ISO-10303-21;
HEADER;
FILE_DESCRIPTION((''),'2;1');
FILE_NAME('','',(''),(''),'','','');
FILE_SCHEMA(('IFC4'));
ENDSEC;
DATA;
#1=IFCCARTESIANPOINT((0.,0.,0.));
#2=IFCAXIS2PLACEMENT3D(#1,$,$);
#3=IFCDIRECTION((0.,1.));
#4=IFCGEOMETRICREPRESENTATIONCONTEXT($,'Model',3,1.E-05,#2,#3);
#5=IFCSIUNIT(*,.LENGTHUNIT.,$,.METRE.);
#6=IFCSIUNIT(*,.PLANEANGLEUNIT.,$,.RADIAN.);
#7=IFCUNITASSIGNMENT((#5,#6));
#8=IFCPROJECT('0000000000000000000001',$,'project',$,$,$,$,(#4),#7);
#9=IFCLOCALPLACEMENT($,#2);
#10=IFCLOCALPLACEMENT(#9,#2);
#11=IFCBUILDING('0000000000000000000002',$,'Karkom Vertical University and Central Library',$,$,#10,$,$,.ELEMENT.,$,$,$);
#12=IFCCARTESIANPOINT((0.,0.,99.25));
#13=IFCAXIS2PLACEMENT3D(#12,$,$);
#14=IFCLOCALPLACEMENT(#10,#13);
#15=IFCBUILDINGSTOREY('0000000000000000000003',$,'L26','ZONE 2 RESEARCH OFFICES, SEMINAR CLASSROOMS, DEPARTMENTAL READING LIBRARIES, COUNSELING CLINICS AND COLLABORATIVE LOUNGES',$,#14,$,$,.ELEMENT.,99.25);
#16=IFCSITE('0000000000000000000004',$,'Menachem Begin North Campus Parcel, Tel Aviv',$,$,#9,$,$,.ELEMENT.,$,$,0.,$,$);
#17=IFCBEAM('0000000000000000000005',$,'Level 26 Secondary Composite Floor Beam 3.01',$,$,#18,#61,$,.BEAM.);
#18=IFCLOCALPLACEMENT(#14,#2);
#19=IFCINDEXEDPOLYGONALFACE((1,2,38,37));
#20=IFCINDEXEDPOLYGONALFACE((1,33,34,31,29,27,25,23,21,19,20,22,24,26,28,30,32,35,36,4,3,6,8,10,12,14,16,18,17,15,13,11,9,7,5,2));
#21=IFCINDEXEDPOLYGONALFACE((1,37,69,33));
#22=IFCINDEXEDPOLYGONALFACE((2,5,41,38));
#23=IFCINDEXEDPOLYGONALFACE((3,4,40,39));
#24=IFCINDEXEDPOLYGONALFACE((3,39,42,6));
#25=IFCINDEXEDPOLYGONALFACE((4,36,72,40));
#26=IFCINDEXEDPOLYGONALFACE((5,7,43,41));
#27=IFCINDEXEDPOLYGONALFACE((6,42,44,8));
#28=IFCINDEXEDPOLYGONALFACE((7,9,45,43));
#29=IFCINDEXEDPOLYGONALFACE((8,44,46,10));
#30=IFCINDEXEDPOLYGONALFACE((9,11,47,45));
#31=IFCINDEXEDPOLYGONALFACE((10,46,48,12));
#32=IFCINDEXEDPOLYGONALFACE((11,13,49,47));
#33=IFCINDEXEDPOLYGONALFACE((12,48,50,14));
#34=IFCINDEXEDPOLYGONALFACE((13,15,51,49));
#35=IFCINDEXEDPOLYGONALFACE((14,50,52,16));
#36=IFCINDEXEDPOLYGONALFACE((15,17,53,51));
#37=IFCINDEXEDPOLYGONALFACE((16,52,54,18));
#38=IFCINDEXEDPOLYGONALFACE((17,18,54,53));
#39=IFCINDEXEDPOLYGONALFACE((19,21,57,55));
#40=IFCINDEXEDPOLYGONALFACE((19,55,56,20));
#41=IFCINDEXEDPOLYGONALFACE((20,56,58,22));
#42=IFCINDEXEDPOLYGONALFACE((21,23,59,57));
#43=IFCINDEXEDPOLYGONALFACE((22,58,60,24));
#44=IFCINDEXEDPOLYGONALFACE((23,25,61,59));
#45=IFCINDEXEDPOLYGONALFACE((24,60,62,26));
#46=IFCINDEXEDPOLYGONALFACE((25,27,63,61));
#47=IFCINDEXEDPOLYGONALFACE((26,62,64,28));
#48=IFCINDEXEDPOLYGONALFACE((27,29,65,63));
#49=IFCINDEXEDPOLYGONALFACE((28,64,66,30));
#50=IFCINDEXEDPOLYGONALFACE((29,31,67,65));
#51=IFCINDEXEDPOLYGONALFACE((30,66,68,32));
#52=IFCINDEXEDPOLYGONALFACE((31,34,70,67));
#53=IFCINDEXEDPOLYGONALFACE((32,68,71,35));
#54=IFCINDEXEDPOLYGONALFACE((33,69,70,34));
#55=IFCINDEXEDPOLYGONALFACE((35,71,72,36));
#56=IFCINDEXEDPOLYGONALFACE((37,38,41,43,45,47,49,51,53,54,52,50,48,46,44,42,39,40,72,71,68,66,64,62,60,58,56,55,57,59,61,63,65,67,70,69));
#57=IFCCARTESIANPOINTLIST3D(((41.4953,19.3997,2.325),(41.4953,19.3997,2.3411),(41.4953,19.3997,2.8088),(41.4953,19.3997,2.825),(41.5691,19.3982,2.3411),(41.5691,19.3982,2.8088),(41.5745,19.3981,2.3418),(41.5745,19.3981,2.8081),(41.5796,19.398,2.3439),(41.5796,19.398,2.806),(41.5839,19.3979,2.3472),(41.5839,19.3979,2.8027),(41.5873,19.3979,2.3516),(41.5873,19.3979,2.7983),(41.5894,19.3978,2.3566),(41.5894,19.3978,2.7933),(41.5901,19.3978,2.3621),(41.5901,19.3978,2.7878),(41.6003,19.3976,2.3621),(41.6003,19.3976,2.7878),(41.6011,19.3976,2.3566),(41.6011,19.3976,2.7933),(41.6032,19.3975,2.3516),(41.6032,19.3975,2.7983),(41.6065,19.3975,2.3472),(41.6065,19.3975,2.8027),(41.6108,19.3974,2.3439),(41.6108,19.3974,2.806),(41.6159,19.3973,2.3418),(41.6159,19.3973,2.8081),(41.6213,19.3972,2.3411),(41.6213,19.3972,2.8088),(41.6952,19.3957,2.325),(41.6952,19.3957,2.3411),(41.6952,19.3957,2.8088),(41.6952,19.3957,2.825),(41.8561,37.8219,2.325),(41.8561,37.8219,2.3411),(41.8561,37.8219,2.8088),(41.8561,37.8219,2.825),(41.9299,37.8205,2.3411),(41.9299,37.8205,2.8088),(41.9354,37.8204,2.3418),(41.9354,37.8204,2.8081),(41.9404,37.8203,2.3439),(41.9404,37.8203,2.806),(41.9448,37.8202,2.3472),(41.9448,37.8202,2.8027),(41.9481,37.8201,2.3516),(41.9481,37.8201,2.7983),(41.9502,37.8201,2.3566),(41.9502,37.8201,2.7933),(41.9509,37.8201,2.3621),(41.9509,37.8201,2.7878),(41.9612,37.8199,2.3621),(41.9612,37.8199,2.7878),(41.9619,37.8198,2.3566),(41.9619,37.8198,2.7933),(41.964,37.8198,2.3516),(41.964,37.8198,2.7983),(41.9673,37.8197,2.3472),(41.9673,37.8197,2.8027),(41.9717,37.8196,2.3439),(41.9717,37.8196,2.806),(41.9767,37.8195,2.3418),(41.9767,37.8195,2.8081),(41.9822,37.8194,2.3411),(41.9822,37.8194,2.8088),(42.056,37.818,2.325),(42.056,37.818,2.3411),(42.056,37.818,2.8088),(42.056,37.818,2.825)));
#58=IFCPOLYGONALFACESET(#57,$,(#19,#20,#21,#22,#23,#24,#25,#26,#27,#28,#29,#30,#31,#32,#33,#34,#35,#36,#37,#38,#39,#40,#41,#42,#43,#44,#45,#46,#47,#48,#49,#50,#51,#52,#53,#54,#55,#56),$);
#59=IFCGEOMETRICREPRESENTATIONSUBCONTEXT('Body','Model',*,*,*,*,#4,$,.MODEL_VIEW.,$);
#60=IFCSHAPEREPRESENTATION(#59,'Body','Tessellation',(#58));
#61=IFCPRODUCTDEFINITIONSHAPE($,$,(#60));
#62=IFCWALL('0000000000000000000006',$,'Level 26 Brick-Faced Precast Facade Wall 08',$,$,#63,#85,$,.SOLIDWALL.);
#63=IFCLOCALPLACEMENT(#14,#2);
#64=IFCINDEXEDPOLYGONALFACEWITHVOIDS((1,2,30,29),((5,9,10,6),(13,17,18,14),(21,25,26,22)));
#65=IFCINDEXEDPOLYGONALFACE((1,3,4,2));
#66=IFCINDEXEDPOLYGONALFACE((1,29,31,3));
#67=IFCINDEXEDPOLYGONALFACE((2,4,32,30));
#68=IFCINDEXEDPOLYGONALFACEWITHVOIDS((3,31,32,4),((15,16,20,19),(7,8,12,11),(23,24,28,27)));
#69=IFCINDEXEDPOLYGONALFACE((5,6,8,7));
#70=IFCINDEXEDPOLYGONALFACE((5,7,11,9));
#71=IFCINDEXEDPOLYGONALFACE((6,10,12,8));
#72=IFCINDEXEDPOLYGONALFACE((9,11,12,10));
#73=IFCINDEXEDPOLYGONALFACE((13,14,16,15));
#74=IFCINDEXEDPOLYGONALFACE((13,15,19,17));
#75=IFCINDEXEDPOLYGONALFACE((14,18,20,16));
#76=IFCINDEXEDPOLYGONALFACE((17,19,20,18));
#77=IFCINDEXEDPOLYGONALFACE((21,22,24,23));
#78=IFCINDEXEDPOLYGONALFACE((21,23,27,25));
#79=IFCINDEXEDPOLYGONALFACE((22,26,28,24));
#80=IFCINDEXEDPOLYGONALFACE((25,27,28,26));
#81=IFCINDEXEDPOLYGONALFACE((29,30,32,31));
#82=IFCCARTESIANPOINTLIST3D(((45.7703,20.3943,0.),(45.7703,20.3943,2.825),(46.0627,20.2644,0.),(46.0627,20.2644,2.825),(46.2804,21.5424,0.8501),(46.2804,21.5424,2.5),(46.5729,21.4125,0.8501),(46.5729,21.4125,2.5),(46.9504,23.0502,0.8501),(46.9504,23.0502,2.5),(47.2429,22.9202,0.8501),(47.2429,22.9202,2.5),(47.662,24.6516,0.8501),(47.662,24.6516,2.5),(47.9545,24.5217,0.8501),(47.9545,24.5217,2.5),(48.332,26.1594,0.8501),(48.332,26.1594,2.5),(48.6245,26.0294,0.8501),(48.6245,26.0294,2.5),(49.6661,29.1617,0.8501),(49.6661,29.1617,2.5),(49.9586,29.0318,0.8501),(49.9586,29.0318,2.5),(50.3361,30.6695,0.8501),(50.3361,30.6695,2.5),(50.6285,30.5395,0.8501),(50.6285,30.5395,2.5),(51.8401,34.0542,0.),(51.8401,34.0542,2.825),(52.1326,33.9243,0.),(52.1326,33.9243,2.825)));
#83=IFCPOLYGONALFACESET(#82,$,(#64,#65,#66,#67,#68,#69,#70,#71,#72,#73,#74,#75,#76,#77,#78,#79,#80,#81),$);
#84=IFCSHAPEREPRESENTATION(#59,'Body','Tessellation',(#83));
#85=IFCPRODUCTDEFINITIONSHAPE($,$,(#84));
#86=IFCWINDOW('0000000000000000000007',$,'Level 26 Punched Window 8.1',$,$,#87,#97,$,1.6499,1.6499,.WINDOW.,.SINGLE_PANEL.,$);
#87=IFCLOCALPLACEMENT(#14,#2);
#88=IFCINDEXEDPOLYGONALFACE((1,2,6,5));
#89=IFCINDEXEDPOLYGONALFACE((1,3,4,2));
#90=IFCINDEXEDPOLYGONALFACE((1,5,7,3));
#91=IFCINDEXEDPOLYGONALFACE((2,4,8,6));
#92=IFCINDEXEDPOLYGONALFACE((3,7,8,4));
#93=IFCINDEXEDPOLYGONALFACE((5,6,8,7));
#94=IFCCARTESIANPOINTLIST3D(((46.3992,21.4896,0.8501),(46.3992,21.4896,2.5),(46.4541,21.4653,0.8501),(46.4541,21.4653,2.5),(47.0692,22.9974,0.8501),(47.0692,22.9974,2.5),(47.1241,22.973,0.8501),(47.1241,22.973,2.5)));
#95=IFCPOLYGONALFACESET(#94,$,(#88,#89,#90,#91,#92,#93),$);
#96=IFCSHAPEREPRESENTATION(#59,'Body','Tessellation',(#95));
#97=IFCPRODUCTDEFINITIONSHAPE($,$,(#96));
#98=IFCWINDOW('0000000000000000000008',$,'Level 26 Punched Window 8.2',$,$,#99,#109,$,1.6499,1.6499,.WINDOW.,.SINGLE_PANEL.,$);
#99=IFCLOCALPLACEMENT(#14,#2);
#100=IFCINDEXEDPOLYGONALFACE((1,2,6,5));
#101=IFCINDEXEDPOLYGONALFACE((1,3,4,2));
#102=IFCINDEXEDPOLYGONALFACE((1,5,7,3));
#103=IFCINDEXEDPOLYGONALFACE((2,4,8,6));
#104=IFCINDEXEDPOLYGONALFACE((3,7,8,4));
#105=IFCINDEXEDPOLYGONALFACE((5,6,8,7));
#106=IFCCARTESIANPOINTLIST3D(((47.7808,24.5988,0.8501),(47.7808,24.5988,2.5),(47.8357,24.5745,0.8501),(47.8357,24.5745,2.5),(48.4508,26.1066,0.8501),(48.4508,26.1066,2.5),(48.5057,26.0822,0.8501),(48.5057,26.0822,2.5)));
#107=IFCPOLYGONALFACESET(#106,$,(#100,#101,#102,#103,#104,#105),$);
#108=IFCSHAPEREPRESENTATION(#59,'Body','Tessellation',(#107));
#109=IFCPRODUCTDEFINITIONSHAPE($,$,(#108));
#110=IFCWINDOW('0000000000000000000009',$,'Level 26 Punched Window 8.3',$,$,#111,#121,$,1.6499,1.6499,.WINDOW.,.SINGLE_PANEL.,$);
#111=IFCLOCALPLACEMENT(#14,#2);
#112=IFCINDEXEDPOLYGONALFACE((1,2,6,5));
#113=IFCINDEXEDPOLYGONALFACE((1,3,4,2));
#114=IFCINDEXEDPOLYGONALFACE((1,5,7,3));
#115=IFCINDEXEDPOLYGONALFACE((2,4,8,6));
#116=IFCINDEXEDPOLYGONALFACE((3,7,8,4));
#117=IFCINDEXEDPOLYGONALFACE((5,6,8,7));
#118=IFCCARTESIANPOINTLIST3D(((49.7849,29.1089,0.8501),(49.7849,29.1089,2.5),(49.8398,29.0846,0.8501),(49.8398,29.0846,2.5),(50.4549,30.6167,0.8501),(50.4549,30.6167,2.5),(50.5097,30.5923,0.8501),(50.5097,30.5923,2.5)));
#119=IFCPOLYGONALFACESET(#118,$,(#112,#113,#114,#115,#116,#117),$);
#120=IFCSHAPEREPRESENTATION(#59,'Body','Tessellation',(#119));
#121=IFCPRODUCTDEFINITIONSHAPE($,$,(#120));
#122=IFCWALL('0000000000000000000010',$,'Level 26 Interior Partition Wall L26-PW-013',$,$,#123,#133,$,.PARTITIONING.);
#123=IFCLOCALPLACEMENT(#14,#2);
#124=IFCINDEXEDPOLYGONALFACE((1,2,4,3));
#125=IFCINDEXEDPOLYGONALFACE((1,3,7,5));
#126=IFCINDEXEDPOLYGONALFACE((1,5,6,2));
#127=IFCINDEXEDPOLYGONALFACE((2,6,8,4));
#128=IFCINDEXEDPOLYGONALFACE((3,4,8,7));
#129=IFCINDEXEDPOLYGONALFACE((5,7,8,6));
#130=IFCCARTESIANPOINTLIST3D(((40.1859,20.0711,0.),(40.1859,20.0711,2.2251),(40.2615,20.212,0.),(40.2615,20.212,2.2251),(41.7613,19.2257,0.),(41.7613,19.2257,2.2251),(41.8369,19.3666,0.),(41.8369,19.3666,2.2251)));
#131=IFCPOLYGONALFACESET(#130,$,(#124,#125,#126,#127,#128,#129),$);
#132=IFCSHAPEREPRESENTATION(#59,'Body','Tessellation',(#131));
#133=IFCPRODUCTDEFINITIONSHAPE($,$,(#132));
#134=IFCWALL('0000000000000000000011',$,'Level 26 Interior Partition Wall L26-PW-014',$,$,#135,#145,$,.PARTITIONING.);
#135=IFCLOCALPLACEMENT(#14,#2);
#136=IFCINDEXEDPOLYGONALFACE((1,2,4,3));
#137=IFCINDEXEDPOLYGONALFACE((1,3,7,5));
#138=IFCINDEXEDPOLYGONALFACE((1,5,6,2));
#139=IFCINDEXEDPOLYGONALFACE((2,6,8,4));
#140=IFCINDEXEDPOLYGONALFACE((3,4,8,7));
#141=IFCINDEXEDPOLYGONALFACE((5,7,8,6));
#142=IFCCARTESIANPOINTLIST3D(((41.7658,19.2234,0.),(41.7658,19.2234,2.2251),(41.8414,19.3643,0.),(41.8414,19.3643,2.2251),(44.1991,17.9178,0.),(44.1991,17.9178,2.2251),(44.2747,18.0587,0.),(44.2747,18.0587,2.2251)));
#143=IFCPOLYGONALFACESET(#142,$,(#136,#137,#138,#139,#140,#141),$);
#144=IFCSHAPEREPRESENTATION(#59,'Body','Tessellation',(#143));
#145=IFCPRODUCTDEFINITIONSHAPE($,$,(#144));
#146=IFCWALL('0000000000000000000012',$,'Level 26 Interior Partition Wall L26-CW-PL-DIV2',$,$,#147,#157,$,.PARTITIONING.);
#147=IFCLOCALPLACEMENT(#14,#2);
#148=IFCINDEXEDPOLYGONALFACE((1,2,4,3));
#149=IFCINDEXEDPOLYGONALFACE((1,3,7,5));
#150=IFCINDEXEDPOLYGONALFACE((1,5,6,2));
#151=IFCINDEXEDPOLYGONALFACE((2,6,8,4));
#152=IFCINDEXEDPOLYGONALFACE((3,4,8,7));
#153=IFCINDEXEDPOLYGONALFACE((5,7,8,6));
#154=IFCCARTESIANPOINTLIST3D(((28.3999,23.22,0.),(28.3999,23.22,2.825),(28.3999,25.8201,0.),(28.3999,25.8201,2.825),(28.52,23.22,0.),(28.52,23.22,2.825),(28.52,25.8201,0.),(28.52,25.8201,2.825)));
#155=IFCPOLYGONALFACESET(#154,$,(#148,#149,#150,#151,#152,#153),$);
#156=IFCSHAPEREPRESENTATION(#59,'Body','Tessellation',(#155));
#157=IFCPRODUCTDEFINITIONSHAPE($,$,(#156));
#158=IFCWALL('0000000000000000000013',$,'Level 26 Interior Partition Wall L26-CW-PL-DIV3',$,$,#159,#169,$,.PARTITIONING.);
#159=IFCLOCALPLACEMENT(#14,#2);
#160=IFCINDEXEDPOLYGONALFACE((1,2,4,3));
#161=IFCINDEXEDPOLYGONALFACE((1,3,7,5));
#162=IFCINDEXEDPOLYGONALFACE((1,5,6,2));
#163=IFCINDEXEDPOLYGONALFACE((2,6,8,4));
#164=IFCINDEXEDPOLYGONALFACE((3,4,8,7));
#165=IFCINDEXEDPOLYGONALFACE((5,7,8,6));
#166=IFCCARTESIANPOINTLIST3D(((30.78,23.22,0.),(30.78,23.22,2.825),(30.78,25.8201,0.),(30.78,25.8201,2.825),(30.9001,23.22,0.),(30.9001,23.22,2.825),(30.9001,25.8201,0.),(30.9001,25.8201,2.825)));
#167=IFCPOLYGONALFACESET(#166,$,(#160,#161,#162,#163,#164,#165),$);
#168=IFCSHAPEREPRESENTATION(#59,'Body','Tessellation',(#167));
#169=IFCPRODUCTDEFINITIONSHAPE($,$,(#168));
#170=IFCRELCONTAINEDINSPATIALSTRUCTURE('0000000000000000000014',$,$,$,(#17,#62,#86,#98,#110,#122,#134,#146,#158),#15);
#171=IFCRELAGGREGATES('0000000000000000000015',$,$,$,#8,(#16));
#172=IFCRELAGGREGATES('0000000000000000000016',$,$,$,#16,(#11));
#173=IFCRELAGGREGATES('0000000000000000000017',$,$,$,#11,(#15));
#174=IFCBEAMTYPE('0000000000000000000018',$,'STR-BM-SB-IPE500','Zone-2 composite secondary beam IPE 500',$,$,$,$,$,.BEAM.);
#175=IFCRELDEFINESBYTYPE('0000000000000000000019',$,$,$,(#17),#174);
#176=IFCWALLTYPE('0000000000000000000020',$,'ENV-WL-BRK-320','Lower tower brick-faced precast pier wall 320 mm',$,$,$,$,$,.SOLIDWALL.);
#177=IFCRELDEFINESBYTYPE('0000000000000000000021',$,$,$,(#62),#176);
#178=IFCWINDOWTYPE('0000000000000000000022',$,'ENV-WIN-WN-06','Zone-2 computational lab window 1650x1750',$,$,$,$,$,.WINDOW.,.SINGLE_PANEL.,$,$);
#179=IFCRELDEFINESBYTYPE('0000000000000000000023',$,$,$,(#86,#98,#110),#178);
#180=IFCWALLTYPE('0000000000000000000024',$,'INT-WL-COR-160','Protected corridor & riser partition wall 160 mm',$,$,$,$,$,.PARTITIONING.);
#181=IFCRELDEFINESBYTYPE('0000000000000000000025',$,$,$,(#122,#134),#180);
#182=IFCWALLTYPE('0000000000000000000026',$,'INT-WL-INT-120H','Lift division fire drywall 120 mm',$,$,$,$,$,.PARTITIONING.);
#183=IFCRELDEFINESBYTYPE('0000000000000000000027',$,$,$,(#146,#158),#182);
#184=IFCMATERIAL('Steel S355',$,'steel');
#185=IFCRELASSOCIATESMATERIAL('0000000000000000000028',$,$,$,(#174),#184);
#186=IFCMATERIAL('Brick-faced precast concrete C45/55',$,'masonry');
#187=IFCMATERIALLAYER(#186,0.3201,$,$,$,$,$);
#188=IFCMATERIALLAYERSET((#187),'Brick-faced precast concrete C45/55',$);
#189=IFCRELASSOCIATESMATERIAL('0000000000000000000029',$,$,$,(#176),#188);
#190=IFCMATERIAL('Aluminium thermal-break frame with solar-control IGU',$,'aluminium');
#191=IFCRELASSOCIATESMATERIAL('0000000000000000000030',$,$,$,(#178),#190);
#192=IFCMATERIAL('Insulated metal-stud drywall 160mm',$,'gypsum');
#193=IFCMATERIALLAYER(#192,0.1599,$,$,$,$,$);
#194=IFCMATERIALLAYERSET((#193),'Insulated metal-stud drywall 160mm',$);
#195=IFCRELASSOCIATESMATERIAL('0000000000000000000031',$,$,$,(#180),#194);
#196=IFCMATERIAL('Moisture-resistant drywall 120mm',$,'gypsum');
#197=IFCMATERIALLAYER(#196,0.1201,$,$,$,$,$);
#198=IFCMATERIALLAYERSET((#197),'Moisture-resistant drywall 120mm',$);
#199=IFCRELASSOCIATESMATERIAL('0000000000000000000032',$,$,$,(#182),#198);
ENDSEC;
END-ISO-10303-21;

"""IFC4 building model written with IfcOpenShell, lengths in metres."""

from ifc_helpers import new_model, si_unit, direction, frame, frame_2d, origin, origin_with_axes, origin_2d, place, context, subcontext, project, spatial, rectangle, i_section, extrude, source, transform, mapped, material, layer, layer_set, material_profile, profile_set, type_object, element, fill, save


model = new_model("IFC4")

# Units and contexts
model_context = context("Model", 3, precision=1e-05, world=origin(), true_north=direction((0.0, 1.0)))
body_context = subcontext(model_context, "Body", "Model", "MODEL_VIEW")
ifc_project = project(units=[si_unit("LENGTHUNIT", "METRE"), si_unit("PLANEANGLEUNIT", "RADIAN")], contexts=[model_context])

# Site, building, storey
site_placement = place(None, origin())
site = spatial("IfcSite", under=ifc_project, at=site_placement, Name="Menachem Begin North Campus Parcel, Tel Aviv", CompositionType="ELEMENT", RefElevation=0.0)
building_placement = place(site_placement, origin())
building = spatial("IfcBuilding", under=site, at=building_placement, Name="Karkom Vertical University and Central Library", CompositionType="ELEMENT")
storey_placement = place(building_placement, frame((0.0, 0.0, 99.25)))
storey = spatial("IfcBuildingStorey", under=building, at=storey_placement, Name="L26", Description="ZONE 2 RESEARCH OFFICES, SEMINAR CLASSROOMS, DEPARTMENTAL READING LIBRARIES, COUNSELING CLINICS AND COLLABORATIVE LOUNGES", CompositionType="ELEMENT", Elevation=99.25)

# Beam
ifc_material_1 = material(Name="Steel S355", Category="steel")
ifc_material_profile_1 = material_profile(ifc_material_1, i_section(OverallWidth=0.2, OverallDepth=0.5, WebThickness=0.0103, FlangeThickness=0.0161, FilletRadius=0.021, at=origin_2d()), Name="IPE 500")
ifc_profile_set_1 = profile_set([ifc_material_profile_1], Name="Steel S355")
beam_type_1 = type_object("IfcBeamType", Name="STR-BM-SB-IPE500", Description="Zone-2 composite secondary beam IPE 500", PredefinedType="BEAM", material=ifc_profile_set_1)
shared_shape_1 = source(origin_with_axes(), body_context, "Body", "SweptSolid", [
    extrude(i_section(OverallWidth=0.2, OverallDepth=0.5, WebThickness=0.0103, FlangeThickness=0.0161, FilletRadius=0.021, at=origin_2d()), origin(), (0.0, 0.0, 1.0), 18.4258),
])
beam_1_placement = place(storey_placement, frame((41.5952, 19.3977, 2.575), z_axis=(0.019583, 0.999808, 0.0), x_axis=(-0.999808, 0.019583, 0.0)))
element("IfcBeam", 1, at=beam_1_placement, inside=storey, type_object=beam_type_1, Name="Level 26 Secondary Composite Floor Beam 3.01", PredefinedType="BEAM", context=body_context, shape_type="MappedRepresentation", body=[
    mapped(shared_shape_1, transform((0.0, 0.0, 0.0), scale=1.0)),
])

# Wall, openings, windows
ifc_material_2 = material(Name="Brick-faced precast concrete C45/55", Category="masonry")
ifc_layer_1 = layer(ifc_material_2, 0.3201)
ifc_layer_set_1 = layer_set([ifc_layer_1], Name="Brick-faced precast concrete C45/55")
wall_type_1 = type_object("IfcWallType", Name="ENV-WL-BRK-320", Description="Lower tower brick-faced precast pier wall 320 mm", PredefinedType="SOLIDWALL", material=ifc_layer_set_1)
wall_1_placement = place(storey_placement, frame((45.9165, 20.3293, 0.0), z_axis=(0.0, 0.0, 1.0), x_axis=(0.406069, 0.913843, 0.0)))
wall_1 = element("IfcWall", 2, at=wall_1_placement, inside=storey, type_object=wall_type_1, Name="Level 26 Brick-Faced Precast Facade Wall 08", PredefinedType="SOLIDWALL", context=body_context, shape_type="SweptSolid", body=[
    extrude(rectangle(XDim=14.9478, YDim=0.3201, at=frame_2d((7.4739, 0.0))), origin(), (0.0, 0.0, 1.0), 2.825),
])
opening_1_placement = place(wall_1_placement, frame((1.2563, 0.0, 0.8501)))
opening_1 = element("IfcOpeningElement", 3, at=opening_1_placement, cuts=wall_1, PredefinedType="OPENING", context=body_context, shape_type="SweptSolid", body=[
    extrude(rectangle(XDim=1.6499, YDim=1.6499, at=frame_2d((0.825, 0.825))), frame((0.0, 0.1699, 0.0), z_axis=(0.0, -1.0, 0.0), x_axis=(1.0, 0.0, 0.0)), (0.0, 0.0, 1.0), 0.3401),
])
opening_2_placement = place(wall_1_placement, frame((4.6587, 0.0, 0.8501)))
opening_2 = element("IfcOpeningElement", 4, at=opening_2_placement, cuts=wall_1, PredefinedType="OPENING", context=body_context, shape_type="SweptSolid", body=[
    extrude(rectangle(XDim=1.6499, YDim=1.6499, at=frame_2d((0.825, 0.825))), frame((0.0, 0.1699, 0.0), z_axis=(0.0, -1.0, 0.0), x_axis=(1.0, 0.0, 0.0)), (0.0, 0.0, 1.0), 0.3401),
])
opening_3_placement = place(wall_1_placement, frame((9.594, 0.0, 0.8501)))
opening_3 = element("IfcOpeningElement", 5, at=opening_3_placement, cuts=wall_1, PredefinedType="OPENING", context=body_context, shape_type="SweptSolid", body=[
    extrude(rectangle(XDim=1.6499, YDim=1.6499, at=frame_2d((0.825, 0.825))), frame((0.0, 0.1699, 0.0), z_axis=(0.0, -1.0, 0.0), x_axis=(1.0, 0.0, 0.0)), (0.0, 0.0, 1.0), 0.3401),
])
ifc_material_3 = material(Name="Aluminium thermal-break frame with solar-control IGU", Category="aluminium")
window_type = type_object("IfcWindowType", Name="ENV-WIN-WN-06", Description="Zone-2 computational lab window 1650x1750", PartitioningType="SINGLE_PANEL", PredefinedType="WINDOW", material=ifc_material_3)
shared_shape_2 = source(origin_with_axes(), body_context, "Body", "SweptSolid", [
    extrude(rectangle(XDim=1.6499, YDim=1.6499, at=frame_2d((0.825, 0.825))), frame((0.0, 0.03, 0.0), z_axis=(0.0, -1.0, 0.0), x_axis=(1.0, 0.0, 0.0)), (0.0, 0.0, 1.0), 0.0601),
])
window_1_placement = place(opening_1_placement, origin())
window_1 = element("IfcWindow", 6, at=window_1_placement, inside=storey, type_object=window_type, Name="Level 26 Punched Window 8.1", OverallHeight=1.6499, OverallWidth=1.6499, PartitioningType="SINGLE_PANEL", PredefinedType="WINDOW", context=body_context, shape_type="MappedRepresentation", body=[
    mapped(shared_shape_2, transform((0.0, 0.0, 0.0), scale=1.0)),
])
fill(opening_1, window_1)
window_2_placement = place(opening_2_placement, origin())
window_2 = element("IfcWindow", 7, at=window_2_placement, inside=storey, type_object=window_type, Name="Level 26 Punched Window 8.2", OverallHeight=1.6499, OverallWidth=1.6499, PartitioningType="SINGLE_PANEL", PredefinedType="WINDOW", context=body_context, shape_type="MappedRepresentation", body=[
    mapped(shared_shape_2, transform((0.0, 0.0, 0.0), scale=1.0)),
])
fill(opening_2, window_2)
window_3_placement = place(opening_3_placement, origin())
window_3 = element("IfcWindow", 8, at=window_3_placement, inside=storey, type_object=window_type, Name="Level 26 Punched Window 8.3", OverallHeight=1.6499, OverallWidth=1.6499, PartitioningType="SINGLE_PANEL", PredefinedType="WINDOW", context=body_context, shape_type="MappedRepresentation", body=[
    mapped(shared_shape_2, transform((0.0, 0.0, 0.0), scale=1.0)),
])
fill(opening_3, window_3)

# Walls
ifc_material_4 = material(Name="Insulated metal-stud drywall 160mm", Category="gypsum")
ifc_layer_2 = layer(ifc_material_4, 0.1599)
ifc_layer_set_2 = layer_set([ifc_layer_2], Name="Insulated metal-stud drywall 160mm")
wall_type_2 = type_object("IfcWallType", Name="INT-WL-COR-160", Description="Protected corridor & riser partition wall 160 mm", PredefinedType="PARTITIONING", material=ifc_layer_set_2)
wall_2_placement = place(storey_placement, frame((40.2236, 20.1416, 0.0), z_axis=(0.0, 0.0, 1.0), x_axis=(0.881137, -0.472862, 0.0)))
element("IfcWall", 9, at=wall_2_placement, inside=storey, type_object=wall_type_2, Name="Level 26 Interior Partition Wall L26-PW-013", PredefinedType="PARTITIONING", context=body_context, shape_type="SweptSolid", body=[
    extrude(rectangle(XDim=1.7878, YDim=0.1599, at=frame_2d((0.894, 0.0))), origin(), (0.0, 0.0, 1.0), 2.2251),
])
wall_3_placement = place(storey_placement, frame((41.8035, 19.2939, 0.0), z_axis=(0.0, 0.0, 1.0), x_axis=(0.881166, -0.472808, 0.0)))
element("IfcWall", 10, at=wall_3_placement, inside=storey, type_object=wall_type_2, Name="Level 26 Interior Partition Wall L26-PW-014", PredefinedType="PARTITIONING", context=body_context, shape_type="SweptSolid", body=[
    extrude(rectangle(XDim=2.7615, YDim=0.1599, at=frame_2d((1.3809, 0.0))), origin(), (0.0, 0.0, 1.0), 2.2251),
])
ifc_material_5 = material(Name="Moisture-resistant drywall 120mm", Category="gypsum")
ifc_layer_3 = layer(ifc_material_5, 0.1201)
ifc_layer_set_3 = layer_set([ifc_layer_3], Name="Moisture-resistant drywall 120mm")
wall_type_3 = type_object("IfcWallType", Name="INT-WL-INT-120H", Description="Lift division fire drywall 120 mm", PredefinedType="PARTITIONING", material=ifc_layer_set_3)
for number, where, z_axis, x_axis, name in (
    (11, (28.46, 23.22, 0.0), (0.0, 0.0, 1.0), (0.0, 1.0, 0.0), "Level 26 Interior Partition Wall L26-CW-PL-DIV2"),
    (12, (30.8401, 23.22, 0.0), (0.0, 0.0, 1.0), (0.0, 1.0, 0.0), "Level 26 Interior Partition Wall L26-CW-PL-DIV3"),
):
    element("IfcWall", number, at=place(storey_placement, frame(where, z_axis=z_axis, x_axis=x_axis)), inside=storey, type_object=wall_type_3, Name=name, PredefinedType="PARTITIONING", context=body_context, shape_type="SweptSolid", body=[
        extrude(rectangle(XDim=2.6001, YDim=0.1201, at=frame_2d((1.3, 0.0))), origin(), (0.0, 0.0, 1.0), 2.825),
    ])

save(model, "model.ifc")
